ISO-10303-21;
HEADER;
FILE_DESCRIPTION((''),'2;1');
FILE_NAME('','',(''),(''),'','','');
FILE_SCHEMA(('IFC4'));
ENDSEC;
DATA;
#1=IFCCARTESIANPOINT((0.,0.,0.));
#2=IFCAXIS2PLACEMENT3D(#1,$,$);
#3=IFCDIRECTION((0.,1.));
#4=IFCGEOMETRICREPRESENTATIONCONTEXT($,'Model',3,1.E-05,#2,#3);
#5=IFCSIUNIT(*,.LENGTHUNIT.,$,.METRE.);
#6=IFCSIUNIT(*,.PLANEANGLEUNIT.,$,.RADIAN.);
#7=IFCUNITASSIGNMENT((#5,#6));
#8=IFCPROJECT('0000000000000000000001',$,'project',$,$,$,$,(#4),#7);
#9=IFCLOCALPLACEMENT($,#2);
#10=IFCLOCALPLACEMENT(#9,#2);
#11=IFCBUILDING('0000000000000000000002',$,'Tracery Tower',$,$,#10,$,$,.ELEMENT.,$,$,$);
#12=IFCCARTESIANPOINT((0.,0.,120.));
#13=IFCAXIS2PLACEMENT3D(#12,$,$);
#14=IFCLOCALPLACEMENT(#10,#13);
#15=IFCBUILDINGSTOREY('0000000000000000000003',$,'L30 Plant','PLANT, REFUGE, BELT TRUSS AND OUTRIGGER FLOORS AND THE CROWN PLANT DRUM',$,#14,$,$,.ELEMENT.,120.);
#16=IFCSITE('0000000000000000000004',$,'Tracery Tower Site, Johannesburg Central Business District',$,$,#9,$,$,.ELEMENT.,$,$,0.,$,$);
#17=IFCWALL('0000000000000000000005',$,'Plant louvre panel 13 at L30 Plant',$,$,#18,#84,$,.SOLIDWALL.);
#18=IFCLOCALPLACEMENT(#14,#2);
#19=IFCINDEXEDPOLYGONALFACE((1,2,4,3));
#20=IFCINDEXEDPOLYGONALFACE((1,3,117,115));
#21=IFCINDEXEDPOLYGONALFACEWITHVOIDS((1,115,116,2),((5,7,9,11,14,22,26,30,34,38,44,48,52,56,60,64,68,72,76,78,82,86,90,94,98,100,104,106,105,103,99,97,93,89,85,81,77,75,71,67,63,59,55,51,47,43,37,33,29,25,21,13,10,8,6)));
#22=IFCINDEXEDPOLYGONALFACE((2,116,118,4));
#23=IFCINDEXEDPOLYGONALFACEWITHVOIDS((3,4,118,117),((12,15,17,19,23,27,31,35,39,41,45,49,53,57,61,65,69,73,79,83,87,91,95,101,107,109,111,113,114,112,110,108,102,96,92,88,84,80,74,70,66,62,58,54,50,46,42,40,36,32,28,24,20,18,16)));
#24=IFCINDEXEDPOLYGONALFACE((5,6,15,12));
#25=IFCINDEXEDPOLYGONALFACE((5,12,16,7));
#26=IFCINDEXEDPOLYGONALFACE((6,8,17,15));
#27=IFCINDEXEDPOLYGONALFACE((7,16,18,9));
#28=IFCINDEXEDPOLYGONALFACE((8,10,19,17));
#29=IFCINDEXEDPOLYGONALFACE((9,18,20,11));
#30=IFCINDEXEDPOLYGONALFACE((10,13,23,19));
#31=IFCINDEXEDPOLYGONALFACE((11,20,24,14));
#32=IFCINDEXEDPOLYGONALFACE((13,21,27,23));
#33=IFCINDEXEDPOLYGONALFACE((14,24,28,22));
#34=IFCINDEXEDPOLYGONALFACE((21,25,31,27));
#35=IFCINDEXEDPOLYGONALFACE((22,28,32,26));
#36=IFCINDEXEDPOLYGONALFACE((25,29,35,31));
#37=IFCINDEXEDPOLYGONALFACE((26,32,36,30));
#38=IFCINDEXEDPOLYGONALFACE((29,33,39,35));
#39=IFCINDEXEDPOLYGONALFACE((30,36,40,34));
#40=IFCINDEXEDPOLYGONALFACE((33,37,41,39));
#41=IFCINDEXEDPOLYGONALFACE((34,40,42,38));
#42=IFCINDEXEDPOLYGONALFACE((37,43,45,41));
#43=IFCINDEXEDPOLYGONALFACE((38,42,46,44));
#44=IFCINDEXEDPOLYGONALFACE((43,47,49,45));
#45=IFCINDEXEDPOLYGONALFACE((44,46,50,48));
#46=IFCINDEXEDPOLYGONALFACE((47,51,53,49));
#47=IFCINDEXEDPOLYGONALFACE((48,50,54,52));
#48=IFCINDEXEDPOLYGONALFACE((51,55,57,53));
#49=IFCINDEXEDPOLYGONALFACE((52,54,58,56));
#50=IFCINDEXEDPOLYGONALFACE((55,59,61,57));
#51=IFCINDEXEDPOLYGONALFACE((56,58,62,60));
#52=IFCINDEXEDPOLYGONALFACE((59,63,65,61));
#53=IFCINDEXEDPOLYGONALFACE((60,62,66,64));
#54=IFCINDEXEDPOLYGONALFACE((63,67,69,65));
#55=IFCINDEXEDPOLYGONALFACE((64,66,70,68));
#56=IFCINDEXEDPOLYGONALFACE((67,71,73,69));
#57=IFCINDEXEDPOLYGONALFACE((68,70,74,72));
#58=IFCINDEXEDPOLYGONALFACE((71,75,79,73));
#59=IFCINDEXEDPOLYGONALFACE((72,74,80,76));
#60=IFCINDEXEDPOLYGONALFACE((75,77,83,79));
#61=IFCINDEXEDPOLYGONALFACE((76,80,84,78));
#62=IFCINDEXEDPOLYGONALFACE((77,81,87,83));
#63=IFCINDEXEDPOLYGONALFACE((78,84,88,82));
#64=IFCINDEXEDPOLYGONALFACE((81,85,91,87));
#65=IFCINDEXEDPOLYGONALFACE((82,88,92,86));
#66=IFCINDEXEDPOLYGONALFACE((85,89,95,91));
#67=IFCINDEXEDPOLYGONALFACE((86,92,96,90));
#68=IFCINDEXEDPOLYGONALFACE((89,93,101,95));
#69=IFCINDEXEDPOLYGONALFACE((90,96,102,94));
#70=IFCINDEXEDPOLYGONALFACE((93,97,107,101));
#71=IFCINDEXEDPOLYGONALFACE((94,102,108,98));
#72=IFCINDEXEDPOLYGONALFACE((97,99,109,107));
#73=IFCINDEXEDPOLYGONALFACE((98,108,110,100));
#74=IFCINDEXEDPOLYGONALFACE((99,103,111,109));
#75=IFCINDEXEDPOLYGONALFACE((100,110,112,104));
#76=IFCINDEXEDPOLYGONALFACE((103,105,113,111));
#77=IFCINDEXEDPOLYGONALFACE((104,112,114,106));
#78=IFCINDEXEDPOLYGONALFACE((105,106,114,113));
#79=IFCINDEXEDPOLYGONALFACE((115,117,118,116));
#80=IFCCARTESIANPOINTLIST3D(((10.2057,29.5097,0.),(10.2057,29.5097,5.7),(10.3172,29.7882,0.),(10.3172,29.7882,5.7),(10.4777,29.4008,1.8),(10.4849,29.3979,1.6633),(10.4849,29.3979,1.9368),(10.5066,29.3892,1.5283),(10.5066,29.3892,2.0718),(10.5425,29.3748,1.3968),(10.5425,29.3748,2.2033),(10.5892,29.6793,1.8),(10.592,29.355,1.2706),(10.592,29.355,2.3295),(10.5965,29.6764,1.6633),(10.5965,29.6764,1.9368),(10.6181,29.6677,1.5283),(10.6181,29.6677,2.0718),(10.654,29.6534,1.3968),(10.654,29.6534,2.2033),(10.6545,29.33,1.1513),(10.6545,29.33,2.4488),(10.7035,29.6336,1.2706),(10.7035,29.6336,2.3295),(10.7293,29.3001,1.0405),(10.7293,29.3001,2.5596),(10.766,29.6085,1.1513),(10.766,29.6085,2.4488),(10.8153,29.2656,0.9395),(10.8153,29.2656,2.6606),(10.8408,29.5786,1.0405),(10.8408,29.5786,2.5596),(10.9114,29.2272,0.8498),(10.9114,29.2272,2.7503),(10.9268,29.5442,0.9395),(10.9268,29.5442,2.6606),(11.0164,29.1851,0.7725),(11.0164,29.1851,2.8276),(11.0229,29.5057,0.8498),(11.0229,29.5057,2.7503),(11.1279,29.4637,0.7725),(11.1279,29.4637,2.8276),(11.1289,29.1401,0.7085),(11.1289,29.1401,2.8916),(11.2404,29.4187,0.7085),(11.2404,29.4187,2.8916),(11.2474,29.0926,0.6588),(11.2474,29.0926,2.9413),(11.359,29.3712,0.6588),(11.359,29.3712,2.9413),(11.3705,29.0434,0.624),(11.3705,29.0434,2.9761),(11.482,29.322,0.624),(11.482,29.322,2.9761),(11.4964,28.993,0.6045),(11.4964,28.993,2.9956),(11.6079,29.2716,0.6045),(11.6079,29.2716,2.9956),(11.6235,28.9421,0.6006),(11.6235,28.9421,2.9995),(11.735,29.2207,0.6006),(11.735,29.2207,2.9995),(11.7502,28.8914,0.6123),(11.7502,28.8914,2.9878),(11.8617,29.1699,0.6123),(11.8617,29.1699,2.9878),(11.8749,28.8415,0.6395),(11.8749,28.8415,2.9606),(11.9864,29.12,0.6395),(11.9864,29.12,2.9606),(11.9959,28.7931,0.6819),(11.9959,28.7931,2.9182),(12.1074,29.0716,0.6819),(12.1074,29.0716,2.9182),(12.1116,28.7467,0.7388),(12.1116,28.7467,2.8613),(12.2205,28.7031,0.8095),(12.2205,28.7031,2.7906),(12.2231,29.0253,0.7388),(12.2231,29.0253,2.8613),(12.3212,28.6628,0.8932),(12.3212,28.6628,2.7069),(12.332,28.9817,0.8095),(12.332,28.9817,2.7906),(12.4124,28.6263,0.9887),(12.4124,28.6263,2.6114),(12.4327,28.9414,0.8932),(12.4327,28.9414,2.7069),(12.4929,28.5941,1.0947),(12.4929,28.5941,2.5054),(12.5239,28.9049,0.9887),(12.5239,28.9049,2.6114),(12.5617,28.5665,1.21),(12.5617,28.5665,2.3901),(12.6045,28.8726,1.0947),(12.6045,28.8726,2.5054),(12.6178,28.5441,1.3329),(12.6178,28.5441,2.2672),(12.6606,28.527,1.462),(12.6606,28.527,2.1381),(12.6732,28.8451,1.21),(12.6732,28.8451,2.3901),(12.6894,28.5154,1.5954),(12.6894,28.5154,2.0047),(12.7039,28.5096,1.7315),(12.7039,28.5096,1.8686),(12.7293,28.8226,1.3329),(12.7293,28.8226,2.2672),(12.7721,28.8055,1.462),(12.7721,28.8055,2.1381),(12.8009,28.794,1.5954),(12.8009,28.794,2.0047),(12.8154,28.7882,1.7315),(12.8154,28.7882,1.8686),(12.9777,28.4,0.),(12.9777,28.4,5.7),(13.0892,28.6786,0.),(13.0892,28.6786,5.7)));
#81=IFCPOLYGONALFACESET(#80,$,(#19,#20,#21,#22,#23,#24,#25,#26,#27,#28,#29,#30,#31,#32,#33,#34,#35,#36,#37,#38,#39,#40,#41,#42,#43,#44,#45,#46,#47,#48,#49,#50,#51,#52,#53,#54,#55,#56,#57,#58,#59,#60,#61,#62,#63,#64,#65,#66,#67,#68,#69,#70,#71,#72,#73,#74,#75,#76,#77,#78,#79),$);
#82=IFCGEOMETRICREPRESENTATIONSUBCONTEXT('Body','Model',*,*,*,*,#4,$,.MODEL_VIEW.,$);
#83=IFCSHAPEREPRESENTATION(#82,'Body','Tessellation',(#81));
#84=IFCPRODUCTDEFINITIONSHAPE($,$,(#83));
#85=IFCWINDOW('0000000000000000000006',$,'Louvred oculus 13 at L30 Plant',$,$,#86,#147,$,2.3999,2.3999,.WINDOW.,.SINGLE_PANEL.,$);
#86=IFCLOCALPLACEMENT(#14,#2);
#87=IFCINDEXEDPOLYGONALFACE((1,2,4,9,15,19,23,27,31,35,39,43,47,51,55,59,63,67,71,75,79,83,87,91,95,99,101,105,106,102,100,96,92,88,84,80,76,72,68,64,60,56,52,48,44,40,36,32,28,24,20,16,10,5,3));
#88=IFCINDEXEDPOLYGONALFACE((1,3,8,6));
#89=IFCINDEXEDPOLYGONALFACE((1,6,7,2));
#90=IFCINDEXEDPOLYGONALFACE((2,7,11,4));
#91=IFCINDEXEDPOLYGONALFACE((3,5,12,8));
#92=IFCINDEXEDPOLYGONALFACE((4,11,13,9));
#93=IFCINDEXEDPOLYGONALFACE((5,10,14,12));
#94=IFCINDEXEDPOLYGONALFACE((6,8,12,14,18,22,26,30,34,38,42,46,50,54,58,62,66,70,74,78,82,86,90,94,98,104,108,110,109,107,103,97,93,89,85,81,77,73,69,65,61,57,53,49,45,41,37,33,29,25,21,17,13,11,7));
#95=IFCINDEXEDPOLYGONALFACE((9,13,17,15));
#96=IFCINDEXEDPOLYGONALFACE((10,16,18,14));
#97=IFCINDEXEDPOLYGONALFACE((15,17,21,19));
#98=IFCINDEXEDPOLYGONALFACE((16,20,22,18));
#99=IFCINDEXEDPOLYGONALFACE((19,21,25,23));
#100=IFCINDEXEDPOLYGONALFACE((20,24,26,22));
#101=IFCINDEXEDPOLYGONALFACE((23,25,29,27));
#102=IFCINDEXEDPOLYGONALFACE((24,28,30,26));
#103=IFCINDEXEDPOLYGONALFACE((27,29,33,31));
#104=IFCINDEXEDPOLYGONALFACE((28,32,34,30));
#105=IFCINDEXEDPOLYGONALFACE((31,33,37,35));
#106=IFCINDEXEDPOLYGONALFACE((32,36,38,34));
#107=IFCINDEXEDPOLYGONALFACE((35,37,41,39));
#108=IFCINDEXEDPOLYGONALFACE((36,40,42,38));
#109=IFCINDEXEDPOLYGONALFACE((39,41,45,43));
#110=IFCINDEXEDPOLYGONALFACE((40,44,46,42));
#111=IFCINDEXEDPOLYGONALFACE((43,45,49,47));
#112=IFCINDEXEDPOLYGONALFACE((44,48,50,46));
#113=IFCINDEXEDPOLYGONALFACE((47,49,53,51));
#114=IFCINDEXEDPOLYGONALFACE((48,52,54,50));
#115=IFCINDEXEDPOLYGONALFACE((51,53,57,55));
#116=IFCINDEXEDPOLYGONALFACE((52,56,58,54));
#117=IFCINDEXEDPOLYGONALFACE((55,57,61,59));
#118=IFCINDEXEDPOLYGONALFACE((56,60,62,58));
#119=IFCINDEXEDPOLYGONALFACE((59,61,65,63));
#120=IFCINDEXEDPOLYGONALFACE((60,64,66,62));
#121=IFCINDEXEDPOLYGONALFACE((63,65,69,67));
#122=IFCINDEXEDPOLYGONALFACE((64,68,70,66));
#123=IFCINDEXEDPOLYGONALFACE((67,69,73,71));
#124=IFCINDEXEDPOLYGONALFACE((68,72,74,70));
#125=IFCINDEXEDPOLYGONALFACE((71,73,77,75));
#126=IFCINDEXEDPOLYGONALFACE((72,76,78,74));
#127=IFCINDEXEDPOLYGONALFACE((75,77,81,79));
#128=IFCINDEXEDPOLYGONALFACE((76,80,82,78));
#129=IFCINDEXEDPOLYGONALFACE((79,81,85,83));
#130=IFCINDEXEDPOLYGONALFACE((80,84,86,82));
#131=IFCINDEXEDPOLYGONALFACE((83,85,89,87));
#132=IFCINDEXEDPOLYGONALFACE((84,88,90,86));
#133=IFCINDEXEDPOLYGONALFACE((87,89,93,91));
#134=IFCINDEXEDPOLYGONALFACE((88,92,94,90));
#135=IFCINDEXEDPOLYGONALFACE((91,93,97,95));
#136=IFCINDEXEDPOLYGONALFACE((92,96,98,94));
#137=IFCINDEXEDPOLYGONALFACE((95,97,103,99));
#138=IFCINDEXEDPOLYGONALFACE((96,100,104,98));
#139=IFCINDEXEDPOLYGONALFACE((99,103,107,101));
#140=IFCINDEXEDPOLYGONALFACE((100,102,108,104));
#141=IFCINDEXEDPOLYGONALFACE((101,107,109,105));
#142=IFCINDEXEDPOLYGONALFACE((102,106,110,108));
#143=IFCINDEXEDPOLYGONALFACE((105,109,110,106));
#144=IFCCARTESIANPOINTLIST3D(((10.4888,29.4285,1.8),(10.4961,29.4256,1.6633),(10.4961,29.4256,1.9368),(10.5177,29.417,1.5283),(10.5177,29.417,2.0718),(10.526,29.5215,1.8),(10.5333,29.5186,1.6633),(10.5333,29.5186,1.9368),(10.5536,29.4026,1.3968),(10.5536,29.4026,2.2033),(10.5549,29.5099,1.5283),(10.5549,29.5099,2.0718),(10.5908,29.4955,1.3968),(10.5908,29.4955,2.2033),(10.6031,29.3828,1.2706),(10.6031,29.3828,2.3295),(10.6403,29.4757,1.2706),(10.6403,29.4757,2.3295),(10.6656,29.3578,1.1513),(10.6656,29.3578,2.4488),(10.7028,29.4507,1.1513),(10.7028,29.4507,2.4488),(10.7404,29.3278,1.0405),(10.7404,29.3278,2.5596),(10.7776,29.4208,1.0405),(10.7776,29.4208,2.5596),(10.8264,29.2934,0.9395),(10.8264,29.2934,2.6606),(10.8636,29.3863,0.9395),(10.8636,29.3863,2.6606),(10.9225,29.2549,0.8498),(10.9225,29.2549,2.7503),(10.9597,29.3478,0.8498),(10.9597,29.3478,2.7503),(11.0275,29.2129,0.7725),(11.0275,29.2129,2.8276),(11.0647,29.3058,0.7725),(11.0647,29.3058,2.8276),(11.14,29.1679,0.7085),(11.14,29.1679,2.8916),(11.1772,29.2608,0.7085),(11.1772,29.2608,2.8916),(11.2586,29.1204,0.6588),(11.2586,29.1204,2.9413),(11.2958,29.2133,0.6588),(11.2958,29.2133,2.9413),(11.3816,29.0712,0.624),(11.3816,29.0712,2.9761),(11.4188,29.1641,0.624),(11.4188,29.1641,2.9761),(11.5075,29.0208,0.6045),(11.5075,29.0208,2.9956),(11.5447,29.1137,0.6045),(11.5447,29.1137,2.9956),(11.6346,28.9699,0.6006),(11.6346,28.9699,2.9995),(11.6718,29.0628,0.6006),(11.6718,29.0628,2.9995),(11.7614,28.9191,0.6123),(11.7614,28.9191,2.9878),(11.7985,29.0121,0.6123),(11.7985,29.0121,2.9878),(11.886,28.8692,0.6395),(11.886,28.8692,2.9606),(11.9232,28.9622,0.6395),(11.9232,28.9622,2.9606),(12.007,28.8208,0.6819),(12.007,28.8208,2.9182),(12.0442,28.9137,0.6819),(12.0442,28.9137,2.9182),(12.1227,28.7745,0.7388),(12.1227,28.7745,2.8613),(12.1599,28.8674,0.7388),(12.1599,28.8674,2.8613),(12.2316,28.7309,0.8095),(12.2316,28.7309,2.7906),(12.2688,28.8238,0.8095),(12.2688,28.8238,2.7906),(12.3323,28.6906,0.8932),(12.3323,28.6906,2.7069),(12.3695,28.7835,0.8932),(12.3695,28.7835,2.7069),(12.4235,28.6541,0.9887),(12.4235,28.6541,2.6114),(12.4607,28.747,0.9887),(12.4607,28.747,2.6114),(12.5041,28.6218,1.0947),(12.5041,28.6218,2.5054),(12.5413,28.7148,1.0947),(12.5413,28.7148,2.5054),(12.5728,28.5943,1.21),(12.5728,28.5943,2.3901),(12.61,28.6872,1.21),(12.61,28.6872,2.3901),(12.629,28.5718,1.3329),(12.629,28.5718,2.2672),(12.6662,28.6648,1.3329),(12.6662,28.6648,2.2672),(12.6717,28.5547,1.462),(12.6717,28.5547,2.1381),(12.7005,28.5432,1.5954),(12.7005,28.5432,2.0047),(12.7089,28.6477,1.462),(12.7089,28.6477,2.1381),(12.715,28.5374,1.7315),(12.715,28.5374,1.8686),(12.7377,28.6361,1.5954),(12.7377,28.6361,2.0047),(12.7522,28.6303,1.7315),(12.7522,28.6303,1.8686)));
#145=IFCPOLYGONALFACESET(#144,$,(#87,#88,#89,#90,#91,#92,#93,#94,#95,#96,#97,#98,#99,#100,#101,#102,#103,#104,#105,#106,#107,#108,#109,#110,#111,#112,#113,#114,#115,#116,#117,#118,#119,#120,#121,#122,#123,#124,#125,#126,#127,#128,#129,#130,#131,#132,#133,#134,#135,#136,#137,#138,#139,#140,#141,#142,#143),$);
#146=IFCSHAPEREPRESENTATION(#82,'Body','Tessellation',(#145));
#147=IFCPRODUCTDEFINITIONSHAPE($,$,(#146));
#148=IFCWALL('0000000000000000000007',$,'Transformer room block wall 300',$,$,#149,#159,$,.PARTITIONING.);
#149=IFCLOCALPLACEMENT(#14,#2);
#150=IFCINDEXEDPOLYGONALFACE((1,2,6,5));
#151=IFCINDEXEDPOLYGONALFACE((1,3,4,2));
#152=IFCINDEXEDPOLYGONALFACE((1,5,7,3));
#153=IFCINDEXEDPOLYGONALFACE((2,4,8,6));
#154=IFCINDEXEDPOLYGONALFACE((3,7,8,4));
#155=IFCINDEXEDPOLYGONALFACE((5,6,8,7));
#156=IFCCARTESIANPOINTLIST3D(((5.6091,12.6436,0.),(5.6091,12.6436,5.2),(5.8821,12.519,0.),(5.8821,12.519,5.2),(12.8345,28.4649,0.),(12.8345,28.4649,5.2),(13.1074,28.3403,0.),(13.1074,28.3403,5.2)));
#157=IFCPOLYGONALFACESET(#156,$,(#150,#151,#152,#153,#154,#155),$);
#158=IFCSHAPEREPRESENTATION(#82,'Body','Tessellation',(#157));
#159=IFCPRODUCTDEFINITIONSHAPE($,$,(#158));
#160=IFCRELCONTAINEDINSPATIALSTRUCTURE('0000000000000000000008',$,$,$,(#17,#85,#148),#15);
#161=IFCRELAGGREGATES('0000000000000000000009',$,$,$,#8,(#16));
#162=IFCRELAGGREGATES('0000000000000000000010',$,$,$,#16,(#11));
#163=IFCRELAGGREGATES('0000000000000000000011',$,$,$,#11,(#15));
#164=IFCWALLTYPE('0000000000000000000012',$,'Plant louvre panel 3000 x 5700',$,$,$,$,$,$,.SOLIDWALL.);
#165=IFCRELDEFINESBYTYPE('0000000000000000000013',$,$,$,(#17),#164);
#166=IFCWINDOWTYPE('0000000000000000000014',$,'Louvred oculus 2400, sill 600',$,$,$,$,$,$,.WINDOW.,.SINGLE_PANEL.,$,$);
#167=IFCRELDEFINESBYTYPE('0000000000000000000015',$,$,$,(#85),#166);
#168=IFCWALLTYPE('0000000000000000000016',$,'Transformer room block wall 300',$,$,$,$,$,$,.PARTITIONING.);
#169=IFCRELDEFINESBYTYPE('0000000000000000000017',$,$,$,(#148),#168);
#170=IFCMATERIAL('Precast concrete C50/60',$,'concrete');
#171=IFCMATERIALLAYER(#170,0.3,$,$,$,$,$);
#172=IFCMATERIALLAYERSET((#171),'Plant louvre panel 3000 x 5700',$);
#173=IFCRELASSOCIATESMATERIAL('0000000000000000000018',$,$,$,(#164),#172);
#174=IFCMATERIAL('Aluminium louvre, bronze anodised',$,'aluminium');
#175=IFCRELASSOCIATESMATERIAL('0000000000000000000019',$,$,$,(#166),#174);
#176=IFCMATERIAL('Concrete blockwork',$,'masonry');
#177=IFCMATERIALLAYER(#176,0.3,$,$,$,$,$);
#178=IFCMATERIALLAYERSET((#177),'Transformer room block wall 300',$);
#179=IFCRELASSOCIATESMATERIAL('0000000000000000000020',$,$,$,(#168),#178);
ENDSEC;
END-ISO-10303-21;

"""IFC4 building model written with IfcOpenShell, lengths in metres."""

from ifc_helpers import new_model, si_unit, direction, frame, frame_2d, origin, origin_2d, place, context, subcontext, project, spatial, rectangle, circle, extrude, material, layer, layer_set, type_object, element, fill, save


model = new_model("IFC4")

# Units and contexts
model_context = context("Model", 3, precision=1e-05, world=origin(), true_north=direction((0.0, 1.0)))
body_context = subcontext(model_context, "Body", "Model", "MODEL_VIEW")
ifc_project = project(units=[si_unit("LENGTHUNIT", "METRE"), si_unit("PLANEANGLEUNIT", "RADIAN")], contexts=[model_context])

# Site, building, storey
site_placement = place(None, origin())
site = spatial("IfcSite", under=ifc_project, at=site_placement, Name="Tracery Tower Site, Johannesburg Central Business District", CompositionType="ELEMENT", RefElevation=0.0)
building_placement = place(site_placement, origin())
building = spatial("IfcBuilding", under=site, at=building_placement, Name="Tracery Tower", CompositionType="ELEMENT")
storey_placement = place(building_placement, frame((0.0, 0.0, 120.0)))
storey = spatial("IfcBuildingStorey", under=building, at=storey_placement, Name="L30 Plant", Description="PLANT, REFUGE, BELT TRUSS AND OUTRIGGER FLOORS AND THE CROWN PLANT DRUM", CompositionType="ELEMENT", Elevation=120.0)

# Wall, opening, window
ifc_material_1 = material(Name="Precast concrete C50/60", Category="concrete")
ifc_layer_1 = layer(ifc_material_1, 0.3)
ifc_layer_set_1 = layer_set([ifc_layer_1], Name="Plant louvre panel 3000 x 5700")
wall_type_1 = type_object("IfcWallType", Name="Plant louvre panel 3000 x 5700", PredefinedType="SOLIDWALL", material=ifc_layer_set_1)
ifc_material_2 = material(Name="Aluminium louvre, bronze anodised", Category="aluminium")
window_type = type_object("IfcWindowType", Name="Louvred oculus 2400, sill 600", PartitioningType="SINGLE_PANEL", PredefinedType="WINDOW", material=ifc_material_2)
wall_1_placement = place(storey_placement, frame((13.0334, 28.5393, 0.0), z_axis=(0.0, 0.0, 1.0), x_axis=(-0.928381, 0.37163, 0.0)))
wall_1 = element("IfcWall", 1, at=wall_1_placement, inside=storey, type_object=wall_type_1, Name="Plant louvre panel 13 at L30 Plant", PredefinedType="SOLIDWALL", context=body_context, shape_type="SweptSolid", body=[
    extrude(rectangle(XDim=2.9858, YDim=0.3, at=frame_2d((1.4929, 0.0))), origin(), (0.0, 0.0, 1.0), 5.7),
])
opening_1_placement = place(wall_1_placement, frame((1.4929, 0.0, 1.8)))
opening_1 = element("IfcOpeningElement", 2, at=opening_1_placement, cuts=wall_1, PredefinedType="OPENING", context=body_context, shape_type="SweptSolid", body=[
    extrude(circle(Radius=1.2, at=origin_2d()), frame((0.0, 0.1599, 0.0), z_axis=(0.0, -1.0, 0.0), x_axis=(1.0, 0.0, 0.0)), (0.0, 0.0, 1.0), 0.3201),
])
window_1_placement = place(opening_1_placement, origin())
window_1 = element("IfcWindow", 3, at=window_1_placement, inside=storey, type_object=window_type, Name="Louvred oculus 13 at L30 Plant", OverallHeight=2.3999, OverallWidth=2.3999, PartitioningType="SINGLE_PANEL", PredefinedType="WINDOW", context=body_context, shape_type="SweptSolid", body=[
    extrude(circle(Radius=1.2, at=origin_2d()), frame((0.0, 0.1201, 0.0), z_axis=(0.0, -1.0, 0.0), x_axis=(1.0, 0.0, 0.0)), (0.0, 0.0, 1.0), 0.1001),
])
fill(opening_1, window_1)

# Wall
ifc_material_3 = material(Name="Concrete blockwork", Category="masonry")
ifc_layer_2 = layer(ifc_material_3, 0.3)
ifc_layer_set_2 = layer_set([ifc_layer_2], Name="Transformer room block wall 300")
wall_type_2 = type_object("IfcWallType", Name="Transformer room block wall 300", PredefinedType="PARTITIONING", material=ifc_layer_set_2)
wall_2_placement = place(storey_placement, frame((12.9709, 28.4026, 0.0), z_axis=(0.0, 0.0, 1.0), x_axis=(-0.415415, -0.909632, 0.0)))
element("IfcWall", 4, at=wall_2_placement, inside=storey, type_object=wall_type_2, Name="Transformer room block wall 300", PredefinedType="PARTITIONING", context=body_context, shape_type="SweptSolid", body=[
    extrude(rectangle(XDim=17.3931, YDim=0.3, at=frame_2d((8.6965, 0.0))), origin(), (0.0, 0.0, 1.0), 5.2),
])

save(model, "model.ifc")
